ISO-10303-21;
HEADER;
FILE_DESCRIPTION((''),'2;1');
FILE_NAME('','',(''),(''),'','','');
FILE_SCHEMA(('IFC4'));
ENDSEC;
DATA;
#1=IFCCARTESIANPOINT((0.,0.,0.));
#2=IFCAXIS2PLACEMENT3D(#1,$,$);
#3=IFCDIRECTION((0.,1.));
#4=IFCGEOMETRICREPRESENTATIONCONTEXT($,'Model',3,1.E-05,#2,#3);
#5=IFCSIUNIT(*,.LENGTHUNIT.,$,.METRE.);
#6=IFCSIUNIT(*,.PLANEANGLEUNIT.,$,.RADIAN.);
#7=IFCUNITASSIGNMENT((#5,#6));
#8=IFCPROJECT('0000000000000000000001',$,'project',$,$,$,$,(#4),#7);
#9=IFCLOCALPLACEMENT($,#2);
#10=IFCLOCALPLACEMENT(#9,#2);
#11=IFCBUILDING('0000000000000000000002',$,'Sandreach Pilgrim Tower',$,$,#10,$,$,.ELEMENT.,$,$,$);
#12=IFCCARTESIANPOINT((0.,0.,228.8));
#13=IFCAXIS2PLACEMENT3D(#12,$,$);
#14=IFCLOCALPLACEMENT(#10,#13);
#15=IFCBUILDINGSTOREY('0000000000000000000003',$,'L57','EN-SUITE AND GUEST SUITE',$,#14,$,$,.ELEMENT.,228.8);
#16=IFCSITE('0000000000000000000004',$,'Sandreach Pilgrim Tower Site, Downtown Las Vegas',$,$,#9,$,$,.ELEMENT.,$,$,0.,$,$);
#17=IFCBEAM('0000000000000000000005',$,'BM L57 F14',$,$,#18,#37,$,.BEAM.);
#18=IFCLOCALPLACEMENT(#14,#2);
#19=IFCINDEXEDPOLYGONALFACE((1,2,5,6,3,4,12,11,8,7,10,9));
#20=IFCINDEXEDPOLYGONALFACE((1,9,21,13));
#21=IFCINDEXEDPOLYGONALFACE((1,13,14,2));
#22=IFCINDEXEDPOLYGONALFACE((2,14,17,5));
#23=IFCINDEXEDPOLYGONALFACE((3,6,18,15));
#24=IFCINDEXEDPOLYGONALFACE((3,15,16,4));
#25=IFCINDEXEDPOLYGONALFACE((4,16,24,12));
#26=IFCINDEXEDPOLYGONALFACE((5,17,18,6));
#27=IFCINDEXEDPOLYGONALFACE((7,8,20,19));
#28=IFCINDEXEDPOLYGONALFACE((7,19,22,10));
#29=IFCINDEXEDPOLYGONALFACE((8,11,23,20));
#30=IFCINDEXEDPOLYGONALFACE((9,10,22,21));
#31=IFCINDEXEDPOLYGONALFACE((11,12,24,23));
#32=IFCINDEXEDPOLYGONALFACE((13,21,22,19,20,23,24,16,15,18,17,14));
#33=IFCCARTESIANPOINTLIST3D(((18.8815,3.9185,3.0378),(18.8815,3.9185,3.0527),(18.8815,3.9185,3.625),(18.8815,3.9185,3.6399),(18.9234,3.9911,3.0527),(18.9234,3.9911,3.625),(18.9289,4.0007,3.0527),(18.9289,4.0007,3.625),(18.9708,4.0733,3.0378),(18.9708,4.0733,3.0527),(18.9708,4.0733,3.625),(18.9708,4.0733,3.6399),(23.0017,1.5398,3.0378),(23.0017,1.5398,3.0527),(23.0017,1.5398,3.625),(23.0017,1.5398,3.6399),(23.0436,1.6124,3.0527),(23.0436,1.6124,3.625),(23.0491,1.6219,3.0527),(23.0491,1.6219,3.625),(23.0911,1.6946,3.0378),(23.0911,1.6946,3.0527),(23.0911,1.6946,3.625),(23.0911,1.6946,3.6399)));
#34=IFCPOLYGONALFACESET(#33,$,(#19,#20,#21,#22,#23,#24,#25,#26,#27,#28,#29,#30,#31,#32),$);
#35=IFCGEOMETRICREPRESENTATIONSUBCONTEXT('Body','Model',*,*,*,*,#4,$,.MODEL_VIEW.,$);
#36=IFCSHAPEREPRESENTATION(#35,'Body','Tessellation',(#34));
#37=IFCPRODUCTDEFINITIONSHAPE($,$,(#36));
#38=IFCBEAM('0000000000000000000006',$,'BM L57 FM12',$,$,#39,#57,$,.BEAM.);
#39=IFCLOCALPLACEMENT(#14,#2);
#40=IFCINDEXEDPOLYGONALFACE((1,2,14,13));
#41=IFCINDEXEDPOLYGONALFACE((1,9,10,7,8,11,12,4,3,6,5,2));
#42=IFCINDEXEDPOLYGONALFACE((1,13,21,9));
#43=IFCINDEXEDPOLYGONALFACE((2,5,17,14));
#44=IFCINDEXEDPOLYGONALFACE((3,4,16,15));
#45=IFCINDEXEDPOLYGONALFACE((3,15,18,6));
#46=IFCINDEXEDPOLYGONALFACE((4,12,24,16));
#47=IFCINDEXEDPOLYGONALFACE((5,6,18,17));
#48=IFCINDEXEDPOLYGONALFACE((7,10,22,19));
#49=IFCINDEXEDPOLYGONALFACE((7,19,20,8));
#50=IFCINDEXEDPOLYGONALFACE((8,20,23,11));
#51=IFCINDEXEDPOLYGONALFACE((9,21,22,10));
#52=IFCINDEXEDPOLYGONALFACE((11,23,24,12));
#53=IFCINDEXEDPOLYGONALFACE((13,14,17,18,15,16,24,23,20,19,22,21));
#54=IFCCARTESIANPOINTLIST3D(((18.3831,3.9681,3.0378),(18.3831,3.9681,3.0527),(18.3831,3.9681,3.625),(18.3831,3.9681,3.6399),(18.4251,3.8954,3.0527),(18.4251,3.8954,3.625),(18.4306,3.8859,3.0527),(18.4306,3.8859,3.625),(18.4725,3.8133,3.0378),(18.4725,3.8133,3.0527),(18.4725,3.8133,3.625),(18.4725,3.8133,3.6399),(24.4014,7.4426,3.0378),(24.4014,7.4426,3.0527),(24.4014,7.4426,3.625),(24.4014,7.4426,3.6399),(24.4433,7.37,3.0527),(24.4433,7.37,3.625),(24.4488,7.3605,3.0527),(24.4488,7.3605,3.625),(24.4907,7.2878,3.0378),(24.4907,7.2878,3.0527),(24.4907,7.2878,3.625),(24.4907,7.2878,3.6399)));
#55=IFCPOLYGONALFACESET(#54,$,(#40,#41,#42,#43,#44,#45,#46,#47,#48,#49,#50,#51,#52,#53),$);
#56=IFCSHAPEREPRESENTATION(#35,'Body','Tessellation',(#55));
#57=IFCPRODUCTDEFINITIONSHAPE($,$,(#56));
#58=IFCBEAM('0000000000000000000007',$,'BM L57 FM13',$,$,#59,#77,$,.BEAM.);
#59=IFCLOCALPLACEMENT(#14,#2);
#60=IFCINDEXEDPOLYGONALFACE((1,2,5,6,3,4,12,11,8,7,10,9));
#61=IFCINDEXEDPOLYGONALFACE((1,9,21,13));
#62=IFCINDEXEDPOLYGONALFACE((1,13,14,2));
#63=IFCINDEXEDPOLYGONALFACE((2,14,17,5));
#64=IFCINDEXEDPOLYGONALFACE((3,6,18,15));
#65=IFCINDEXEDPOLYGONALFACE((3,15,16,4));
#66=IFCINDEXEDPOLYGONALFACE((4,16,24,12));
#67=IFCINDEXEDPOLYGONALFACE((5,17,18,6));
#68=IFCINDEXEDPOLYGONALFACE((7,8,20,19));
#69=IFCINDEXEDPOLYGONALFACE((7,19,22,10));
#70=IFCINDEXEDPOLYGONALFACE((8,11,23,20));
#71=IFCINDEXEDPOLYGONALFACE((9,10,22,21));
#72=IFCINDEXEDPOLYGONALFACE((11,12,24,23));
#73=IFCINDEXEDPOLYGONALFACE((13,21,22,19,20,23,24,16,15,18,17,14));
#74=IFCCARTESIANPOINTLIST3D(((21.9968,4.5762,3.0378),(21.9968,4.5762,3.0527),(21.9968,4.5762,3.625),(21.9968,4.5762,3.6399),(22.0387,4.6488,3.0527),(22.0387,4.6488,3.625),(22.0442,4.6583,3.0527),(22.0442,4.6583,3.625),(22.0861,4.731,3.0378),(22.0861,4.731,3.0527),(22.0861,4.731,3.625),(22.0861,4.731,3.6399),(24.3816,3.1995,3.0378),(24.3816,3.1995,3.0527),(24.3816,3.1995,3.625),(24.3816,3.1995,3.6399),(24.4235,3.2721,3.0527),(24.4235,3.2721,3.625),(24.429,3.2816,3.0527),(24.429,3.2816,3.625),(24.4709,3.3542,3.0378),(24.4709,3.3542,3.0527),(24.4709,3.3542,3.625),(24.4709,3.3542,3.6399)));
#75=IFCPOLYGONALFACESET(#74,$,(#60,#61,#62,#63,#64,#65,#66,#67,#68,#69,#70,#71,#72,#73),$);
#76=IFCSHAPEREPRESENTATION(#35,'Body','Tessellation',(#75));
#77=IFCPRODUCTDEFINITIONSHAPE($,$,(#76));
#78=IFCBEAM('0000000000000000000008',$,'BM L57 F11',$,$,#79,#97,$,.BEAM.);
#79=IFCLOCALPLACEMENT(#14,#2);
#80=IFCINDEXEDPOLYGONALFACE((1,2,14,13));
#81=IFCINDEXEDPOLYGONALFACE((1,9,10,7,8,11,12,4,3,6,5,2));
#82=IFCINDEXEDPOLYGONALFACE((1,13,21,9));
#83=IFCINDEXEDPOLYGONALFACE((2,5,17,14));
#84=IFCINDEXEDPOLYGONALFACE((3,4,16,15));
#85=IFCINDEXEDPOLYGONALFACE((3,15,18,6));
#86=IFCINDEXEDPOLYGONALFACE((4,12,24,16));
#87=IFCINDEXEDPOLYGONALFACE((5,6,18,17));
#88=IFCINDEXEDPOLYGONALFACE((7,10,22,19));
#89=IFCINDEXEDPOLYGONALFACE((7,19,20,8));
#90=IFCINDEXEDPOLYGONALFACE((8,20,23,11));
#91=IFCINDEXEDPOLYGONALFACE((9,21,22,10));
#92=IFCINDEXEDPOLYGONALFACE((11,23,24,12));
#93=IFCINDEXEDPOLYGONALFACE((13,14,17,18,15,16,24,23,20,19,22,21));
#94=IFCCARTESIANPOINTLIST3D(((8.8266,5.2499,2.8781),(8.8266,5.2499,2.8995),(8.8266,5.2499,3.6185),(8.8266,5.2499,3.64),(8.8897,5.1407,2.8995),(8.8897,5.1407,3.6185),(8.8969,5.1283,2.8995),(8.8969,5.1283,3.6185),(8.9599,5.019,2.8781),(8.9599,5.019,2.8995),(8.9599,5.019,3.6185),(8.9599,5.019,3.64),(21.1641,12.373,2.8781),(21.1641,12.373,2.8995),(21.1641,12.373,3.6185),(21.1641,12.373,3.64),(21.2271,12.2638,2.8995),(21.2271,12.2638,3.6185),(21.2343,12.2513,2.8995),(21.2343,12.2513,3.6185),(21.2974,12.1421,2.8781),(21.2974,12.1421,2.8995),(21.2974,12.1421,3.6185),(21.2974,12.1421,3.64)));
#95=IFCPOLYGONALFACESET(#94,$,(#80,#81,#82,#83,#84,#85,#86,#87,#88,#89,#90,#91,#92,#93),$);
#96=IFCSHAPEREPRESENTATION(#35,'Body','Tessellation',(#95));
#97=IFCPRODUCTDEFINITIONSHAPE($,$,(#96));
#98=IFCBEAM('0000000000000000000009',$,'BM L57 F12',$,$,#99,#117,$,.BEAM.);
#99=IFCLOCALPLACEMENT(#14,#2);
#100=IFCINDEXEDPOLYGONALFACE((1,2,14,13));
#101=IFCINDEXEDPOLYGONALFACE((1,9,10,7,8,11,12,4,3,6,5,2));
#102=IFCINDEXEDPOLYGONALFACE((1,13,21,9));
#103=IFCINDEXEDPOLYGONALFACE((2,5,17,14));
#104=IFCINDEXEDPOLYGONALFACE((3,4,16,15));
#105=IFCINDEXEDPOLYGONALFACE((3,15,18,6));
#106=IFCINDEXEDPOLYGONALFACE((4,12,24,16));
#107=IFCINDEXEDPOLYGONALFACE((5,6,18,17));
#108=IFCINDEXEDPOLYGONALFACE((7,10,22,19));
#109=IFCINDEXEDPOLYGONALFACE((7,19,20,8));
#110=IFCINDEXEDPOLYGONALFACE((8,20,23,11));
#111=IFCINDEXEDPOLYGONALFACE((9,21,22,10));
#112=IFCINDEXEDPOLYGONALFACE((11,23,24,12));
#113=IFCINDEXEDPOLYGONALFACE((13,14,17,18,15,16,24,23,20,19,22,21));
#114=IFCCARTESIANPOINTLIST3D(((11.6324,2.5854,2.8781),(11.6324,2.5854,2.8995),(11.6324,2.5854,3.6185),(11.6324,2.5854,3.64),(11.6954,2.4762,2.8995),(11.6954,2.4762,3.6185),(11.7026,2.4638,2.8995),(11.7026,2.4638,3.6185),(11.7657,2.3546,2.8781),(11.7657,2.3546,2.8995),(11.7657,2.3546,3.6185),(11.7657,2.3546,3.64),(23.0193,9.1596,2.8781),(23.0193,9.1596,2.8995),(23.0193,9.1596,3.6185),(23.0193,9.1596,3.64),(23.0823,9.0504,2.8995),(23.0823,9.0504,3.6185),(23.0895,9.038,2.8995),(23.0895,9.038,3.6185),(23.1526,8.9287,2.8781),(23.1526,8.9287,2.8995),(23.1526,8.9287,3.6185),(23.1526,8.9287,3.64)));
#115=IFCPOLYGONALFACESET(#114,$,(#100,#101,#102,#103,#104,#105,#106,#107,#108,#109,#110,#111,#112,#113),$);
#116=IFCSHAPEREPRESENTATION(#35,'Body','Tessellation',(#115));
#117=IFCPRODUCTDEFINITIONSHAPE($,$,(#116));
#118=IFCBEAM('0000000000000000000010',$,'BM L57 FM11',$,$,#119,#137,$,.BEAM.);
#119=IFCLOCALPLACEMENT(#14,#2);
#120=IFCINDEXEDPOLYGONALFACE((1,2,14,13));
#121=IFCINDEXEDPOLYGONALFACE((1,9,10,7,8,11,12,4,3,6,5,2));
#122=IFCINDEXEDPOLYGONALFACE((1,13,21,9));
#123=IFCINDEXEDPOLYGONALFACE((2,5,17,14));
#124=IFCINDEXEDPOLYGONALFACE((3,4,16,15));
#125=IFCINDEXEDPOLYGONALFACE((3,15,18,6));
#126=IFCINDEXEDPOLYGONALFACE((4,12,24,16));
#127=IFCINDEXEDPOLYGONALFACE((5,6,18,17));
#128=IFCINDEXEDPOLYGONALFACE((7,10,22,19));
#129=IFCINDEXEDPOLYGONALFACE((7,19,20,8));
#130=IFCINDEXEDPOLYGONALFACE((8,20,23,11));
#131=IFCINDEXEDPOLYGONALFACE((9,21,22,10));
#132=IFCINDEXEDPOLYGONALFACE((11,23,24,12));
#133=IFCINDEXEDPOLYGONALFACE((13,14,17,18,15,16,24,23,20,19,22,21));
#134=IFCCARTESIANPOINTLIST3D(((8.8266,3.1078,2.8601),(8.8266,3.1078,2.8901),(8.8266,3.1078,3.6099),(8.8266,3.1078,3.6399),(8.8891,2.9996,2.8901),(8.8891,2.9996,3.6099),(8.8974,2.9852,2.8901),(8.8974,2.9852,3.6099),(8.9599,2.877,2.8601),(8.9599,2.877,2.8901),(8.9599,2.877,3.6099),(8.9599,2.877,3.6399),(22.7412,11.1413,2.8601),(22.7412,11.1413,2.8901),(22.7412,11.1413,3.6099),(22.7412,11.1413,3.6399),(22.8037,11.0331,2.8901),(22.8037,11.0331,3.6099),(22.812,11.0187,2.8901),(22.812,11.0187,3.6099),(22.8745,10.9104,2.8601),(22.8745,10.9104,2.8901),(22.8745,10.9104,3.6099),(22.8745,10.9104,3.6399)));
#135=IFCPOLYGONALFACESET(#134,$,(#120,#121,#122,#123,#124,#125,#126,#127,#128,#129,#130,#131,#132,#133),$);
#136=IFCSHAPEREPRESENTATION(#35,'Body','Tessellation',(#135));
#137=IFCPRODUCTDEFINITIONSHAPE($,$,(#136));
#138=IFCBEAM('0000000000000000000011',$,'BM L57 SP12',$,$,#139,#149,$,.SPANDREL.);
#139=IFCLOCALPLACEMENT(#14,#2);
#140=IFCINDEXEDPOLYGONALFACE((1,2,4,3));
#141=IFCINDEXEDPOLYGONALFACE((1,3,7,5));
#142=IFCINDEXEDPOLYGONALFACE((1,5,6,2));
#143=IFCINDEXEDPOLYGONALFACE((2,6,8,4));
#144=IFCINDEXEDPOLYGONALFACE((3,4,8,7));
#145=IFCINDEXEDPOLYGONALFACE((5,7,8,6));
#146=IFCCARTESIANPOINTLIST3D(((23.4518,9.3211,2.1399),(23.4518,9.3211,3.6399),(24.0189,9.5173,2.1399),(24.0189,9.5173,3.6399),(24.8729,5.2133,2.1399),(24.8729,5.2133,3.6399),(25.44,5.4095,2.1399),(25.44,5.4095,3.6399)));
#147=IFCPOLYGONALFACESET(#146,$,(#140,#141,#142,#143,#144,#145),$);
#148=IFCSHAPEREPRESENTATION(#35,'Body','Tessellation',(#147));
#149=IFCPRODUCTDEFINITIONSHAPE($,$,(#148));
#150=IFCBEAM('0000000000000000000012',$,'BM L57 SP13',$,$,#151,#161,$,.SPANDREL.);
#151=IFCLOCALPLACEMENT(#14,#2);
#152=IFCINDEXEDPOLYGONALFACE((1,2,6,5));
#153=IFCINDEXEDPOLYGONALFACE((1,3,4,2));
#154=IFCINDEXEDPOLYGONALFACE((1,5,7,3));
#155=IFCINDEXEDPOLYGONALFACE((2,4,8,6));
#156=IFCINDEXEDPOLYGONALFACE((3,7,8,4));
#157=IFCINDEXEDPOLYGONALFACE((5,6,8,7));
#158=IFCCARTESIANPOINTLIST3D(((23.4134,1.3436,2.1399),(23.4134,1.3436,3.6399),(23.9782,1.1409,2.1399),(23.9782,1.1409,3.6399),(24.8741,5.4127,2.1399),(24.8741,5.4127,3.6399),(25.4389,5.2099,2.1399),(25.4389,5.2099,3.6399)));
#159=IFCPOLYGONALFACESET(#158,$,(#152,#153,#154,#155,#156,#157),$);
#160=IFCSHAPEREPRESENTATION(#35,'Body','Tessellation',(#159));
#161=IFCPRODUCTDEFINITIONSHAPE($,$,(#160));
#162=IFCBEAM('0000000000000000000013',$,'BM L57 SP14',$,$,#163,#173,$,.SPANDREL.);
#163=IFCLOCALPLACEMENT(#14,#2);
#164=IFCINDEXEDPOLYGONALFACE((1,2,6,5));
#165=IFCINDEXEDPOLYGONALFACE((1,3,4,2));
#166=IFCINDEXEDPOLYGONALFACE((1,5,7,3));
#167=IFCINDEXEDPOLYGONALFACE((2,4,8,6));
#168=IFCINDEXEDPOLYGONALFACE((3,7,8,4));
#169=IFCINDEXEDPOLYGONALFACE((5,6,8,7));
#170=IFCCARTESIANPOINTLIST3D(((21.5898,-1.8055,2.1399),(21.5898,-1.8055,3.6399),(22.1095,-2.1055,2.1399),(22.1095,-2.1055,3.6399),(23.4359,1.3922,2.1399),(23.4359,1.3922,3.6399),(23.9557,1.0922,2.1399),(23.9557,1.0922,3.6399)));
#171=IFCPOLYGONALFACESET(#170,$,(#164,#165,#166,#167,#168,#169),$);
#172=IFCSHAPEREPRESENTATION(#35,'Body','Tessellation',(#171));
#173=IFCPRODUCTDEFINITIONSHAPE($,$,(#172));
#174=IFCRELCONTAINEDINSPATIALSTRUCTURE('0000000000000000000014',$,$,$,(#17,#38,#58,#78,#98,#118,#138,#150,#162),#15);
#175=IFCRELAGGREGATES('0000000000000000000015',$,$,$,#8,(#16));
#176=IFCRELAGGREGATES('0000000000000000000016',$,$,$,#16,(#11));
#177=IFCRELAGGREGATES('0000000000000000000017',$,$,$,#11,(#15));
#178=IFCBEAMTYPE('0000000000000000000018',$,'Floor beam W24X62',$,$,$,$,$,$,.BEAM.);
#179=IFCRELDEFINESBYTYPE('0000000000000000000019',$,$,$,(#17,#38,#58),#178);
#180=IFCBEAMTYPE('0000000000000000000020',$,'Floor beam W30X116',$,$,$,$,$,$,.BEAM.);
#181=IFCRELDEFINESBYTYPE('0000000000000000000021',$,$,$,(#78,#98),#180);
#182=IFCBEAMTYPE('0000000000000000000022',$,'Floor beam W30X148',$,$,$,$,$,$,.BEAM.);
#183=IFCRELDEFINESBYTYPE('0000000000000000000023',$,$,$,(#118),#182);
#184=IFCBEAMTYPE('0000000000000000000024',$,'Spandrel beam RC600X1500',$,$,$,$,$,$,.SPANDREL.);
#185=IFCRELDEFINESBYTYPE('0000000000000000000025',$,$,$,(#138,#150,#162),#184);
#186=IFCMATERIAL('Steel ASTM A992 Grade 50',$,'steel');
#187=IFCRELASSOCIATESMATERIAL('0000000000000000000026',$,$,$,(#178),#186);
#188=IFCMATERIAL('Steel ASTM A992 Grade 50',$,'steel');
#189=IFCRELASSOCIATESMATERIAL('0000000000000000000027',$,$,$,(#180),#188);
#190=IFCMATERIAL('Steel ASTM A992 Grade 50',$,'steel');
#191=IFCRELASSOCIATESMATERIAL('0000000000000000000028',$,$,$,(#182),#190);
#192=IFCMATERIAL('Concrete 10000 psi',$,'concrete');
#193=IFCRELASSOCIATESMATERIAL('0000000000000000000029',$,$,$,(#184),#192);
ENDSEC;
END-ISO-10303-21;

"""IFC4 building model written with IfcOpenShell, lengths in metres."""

from ifc_helpers import new_model, si_unit, direction, frame, origin, origin_2d, place, context, subcontext, project, spatial, rectangle, i_section, extrude, material, material_profile, profile_set, type_object, element, save


model = new_model("IFC4")

# Units and contexts
model_context = context("Model", 3, precision=1e-05, world=origin(), true_north=direction((0.0, 1.0)))
body_context = subcontext(model_context, "Body", "Model", "MODEL_VIEW")
ifc_project = project(units=[si_unit("LENGTHUNIT", "METRE"), si_unit("PLANEANGLEUNIT", "RADIAN")], contexts=[model_context])

# Site, building, storey
site_placement = place(None, origin())
site = spatial("IfcSite", under=ifc_project, at=site_placement, Name="Sandreach Pilgrim Tower Site, Downtown Las Vegas", CompositionType="ELEMENT", RefElevation=0.0)
building_placement = place(site_placement, origin())
building = spatial("IfcBuilding", under=site, at=building_placement, Name="Sandreach Pilgrim Tower", CompositionType="ELEMENT")
storey_placement = place(building_placement, frame((0.0, 0.0, 228.8)))
storey = spatial("IfcBuildingStorey", under=building, at=storey_placement, Name="L57", Description="EN-SUITE AND GUEST SUITE", CompositionType="ELEMENT", Elevation=228.8)

# Beams
ifc_material_1 = material(Name="Steel ASTM A992 Grade 50", Category="steel")
ifc_material_profile_1 = material_profile(ifc_material_1, i_section(OverallWidth=0.1787, OverallDepth=0.6021, WebThickness=0.011, FlangeThickness=0.0149, at=origin_2d()), Name="W24X62")
ifc_profile_set_1 = profile_set([ifc_material_profile_1], Name="Steel ASTM A992 Grade 50")
beam_type_1 = type_object("IfcBeamType", Name="Floor beam W24X62", PredefinedType="BEAM", material=ifc_profile_set_1)
beam_1_placement = place(storey_placement, frame((23.0464, 1.6172, 3.3389), z_axis=(-0.866033, 0.499986, 0.0), x_axis=(-0.499986, -0.866033, 0.0)))
element("IfcBeam", 1, at=beam_1_placement, inside=storey, type_object=beam_type_1, Name="BM L57 F14", PredefinedType="BEAM", context=body_context, shape_type="SweptSolid", body=[
    extrude(i_section(OverallWidth=0.1787, OverallDepth=0.6021, WebThickness=0.011, FlangeThickness=0.0149, at=origin_2d()), origin(), (0.0, 0.0, 1.0), 4.7576),
])
beam_2_placement = place(storey_placement, frame((24.446, 7.3652, 3.3389), z_axis=(-0.866029, -0.499993, 0.0), x_axis=(0.499993, -0.866029, 0.0)))
element("IfcBeam", 2, at=beam_2_placement, inside=storey, type_object=beam_type_1, Name="BM L57 FM12", PredefinedType="BEAM", context=body_context, shape_type="SweptSolid", body=[
    extrude(i_section(OverallWidth=0.1787, OverallDepth=0.6021, WebThickness=0.011, FlangeThickness=0.0149, at=origin_2d()), origin(), (0.0, 0.0, 1.0), 6.9492),
])
beam_3_placement = place(storey_placement, frame((24.4263, 3.2769, 3.3389), z_axis=(-0.866047, 0.499963, 0.0), x_axis=(-0.499963, -0.866047, 0.0)))
element("IfcBeam", 3, at=beam_3_placement, inside=storey, type_object=beam_type_1, Name="BM L57 FM13", PredefinedType="BEAM", context=body_context, shape_type="SweptSolid", body=[
    extrude(i_section(OverallWidth=0.1787, OverallDepth=0.6021, WebThickness=0.011, FlangeThickness=0.0149, at=origin_2d()), origin(), (0.0, 0.0, 1.0), 2.7537),
])
ifc_material_2 = material(Name="Steel ASTM A992 Grade 50", Category="steel")
ifc_material_profile_2 = material_profile(ifc_material_2, i_section(OverallWidth=0.2666, OverallDepth=0.762, WebThickness=0.0144, FlangeThickness=0.0215, at=origin_2d()), Name="W30X116")
ifc_profile_set_2 = profile_set([ifc_material_profile_2], Name="Steel ASTM A992 Grade 50")
beam_type_2 = type_object("IfcBeamType", Name="Floor beam W30X116", PredefinedType="BEAM", material=ifc_profile_set_2)
beam_4_placement = place(storey_placement, frame((21.2307, 12.2576, 3.259), z_axis=(-0.866024, -0.500002, 0.0), x_axis=(0.500002, -0.866024, 0.0)))
element("IfcBeam", 4, at=beam_4_placement, inside=storey, type_object=beam_type_2, Name="BM L57 F11", PredefinedType="BEAM", context=body_context, shape_type="SweptSolid", body=[
    extrude(i_section(OverallWidth=0.2666, OverallDepth=0.762, WebThickness=0.0144, FlangeThickness=0.0215, at=origin_2d()), origin(), (0.0, 0.0, 1.0), 14.2461),
])
beam_5_placement = place(storey_placement, frame((23.0859, 9.0442, 3.259), z_axis=(-0.866027, -0.499997, 0.0), x_axis=(0.499997, -0.866027, 0.0)))
element("IfcBeam", 5, at=beam_5_placement, inside=storey, type_object=beam_type_2, Name="BM L57 F12", PredefinedType="BEAM", context=body_context, shape_type="SweptSolid", body=[
    extrude(i_section(OverallWidth=0.2666, OverallDepth=0.762, WebThickness=0.0144, FlangeThickness=0.0215, at=origin_2d()), origin(), (0.0, 0.0, 1.0), 13.1484),
])
ifc_material_3 = material(Name="Steel ASTM A992 Grade 50", Category="steel")
ifc_material_profile_3 = material_profile(ifc_material_3, i_section(OverallWidth=0.2666, OverallDepth=0.7798, WebThickness=0.0166, FlangeThickness=0.03, at=origin_2d()), Name="W30X148")
ifc_profile_set_3 = profile_set([ifc_material_profile_3], Name="Steel ASTM A992 Grade 50")
beam_type_3 = type_object("IfcBeamType", Name="Floor beam W30X148", PredefinedType="BEAM", material=ifc_profile_set_3)
beam_6_placement = place(storey_placement, frame((22.8079, 11.0259, 3.25), z_axis=(-0.866029, -0.499994, 0.0), x_axis=(0.499994, -0.866029, 0.0)))
element("IfcBeam", 6, at=beam_6_placement, inside=storey, type_object=beam_type_3, Name="BM L57 FM11", PredefinedType="BEAM", context=body_context, shape_type="SweptSolid", body=[
    extrude(i_section(OverallWidth=0.2666, OverallDepth=0.7798, WebThickness=0.0166, FlangeThickness=0.03, at=origin_2d()), origin(), (0.0, 0.0, 1.0), 16.0671),
])
ifc_material_4 = material(Name="Concrete 10000 psi", Category="concrete")
ifc_material_profile_4 = material_profile(ifc_material_4, rectangle(XDim=0.6001, YDim=1.5, at=origin_2d()), Name="RC600X1500")
ifc_profile_set_4 = profile_set([ifc_material_profile_4], Name="Concrete 10000 psi")
beam_type_4 = type_object("IfcBeamType", Name="Spandrel beam RC600X1500", PredefinedType="SPANDREL", material=ifc_profile_set_4)
beam_7_placement = place(storey_placement, frame((23.7354, 9.4192, 2.8899), z_axis=(0.326941, -0.945045, 0.0), x_axis=(0.945045, 0.326941, 0.0)))
element("IfcBeam", 7, at=beam_7_placement, inside=storey, type_object=beam_type_4, Name="BM L57 SP12", PredefinedType="SPANDREL", context=body_context, shape_type="SweptSolid", body=[
    extrude(rectangle(XDim=0.6001, YDim=1.5, at=origin_2d()), origin(), (0.0, 0.0, 1.0), 4.3467),
])
beam_8_placement = place(storey_placement, frame((25.1565, 5.3113, 2.8899), z_axis=(-0.337863, -0.941195, 0.0), x_axis=(0.941195, -0.337863, 0.0)))
element("IfcBeam", 8, at=beam_8_placement, inside=storey, type_object=beam_type_4, Name="BM L57 SP13", PredefinedType="SPANDREL", context=body_context, shape_type="SweptSolid", body=[
    extrude(rectangle(XDim=0.6001, YDim=1.5, at=origin_2d()), origin(), (0.0, 0.0, 1.0), 4.3232),
])
beam_9_placement = place(storey_placement, frame((23.6958, 1.2422, 2.8899), z_axis=(-0.499993, -0.866029, 0.0), x_axis=(0.866029, -0.499993, 0.0)))
element("IfcBeam", 9, at=beam_9_placement, inside=storey, type_object=beam_type_4, Name="BM L57 SP14", PredefinedType="SPANDREL", context=body_context, shape_type="SweptSolid", body=[
    extrude(rectangle(XDim=0.6001, YDim=1.5, at=origin_2d()), origin(), (0.0, 0.0, 1.0), 3.6924),
])

save(model, "model.ifc")
